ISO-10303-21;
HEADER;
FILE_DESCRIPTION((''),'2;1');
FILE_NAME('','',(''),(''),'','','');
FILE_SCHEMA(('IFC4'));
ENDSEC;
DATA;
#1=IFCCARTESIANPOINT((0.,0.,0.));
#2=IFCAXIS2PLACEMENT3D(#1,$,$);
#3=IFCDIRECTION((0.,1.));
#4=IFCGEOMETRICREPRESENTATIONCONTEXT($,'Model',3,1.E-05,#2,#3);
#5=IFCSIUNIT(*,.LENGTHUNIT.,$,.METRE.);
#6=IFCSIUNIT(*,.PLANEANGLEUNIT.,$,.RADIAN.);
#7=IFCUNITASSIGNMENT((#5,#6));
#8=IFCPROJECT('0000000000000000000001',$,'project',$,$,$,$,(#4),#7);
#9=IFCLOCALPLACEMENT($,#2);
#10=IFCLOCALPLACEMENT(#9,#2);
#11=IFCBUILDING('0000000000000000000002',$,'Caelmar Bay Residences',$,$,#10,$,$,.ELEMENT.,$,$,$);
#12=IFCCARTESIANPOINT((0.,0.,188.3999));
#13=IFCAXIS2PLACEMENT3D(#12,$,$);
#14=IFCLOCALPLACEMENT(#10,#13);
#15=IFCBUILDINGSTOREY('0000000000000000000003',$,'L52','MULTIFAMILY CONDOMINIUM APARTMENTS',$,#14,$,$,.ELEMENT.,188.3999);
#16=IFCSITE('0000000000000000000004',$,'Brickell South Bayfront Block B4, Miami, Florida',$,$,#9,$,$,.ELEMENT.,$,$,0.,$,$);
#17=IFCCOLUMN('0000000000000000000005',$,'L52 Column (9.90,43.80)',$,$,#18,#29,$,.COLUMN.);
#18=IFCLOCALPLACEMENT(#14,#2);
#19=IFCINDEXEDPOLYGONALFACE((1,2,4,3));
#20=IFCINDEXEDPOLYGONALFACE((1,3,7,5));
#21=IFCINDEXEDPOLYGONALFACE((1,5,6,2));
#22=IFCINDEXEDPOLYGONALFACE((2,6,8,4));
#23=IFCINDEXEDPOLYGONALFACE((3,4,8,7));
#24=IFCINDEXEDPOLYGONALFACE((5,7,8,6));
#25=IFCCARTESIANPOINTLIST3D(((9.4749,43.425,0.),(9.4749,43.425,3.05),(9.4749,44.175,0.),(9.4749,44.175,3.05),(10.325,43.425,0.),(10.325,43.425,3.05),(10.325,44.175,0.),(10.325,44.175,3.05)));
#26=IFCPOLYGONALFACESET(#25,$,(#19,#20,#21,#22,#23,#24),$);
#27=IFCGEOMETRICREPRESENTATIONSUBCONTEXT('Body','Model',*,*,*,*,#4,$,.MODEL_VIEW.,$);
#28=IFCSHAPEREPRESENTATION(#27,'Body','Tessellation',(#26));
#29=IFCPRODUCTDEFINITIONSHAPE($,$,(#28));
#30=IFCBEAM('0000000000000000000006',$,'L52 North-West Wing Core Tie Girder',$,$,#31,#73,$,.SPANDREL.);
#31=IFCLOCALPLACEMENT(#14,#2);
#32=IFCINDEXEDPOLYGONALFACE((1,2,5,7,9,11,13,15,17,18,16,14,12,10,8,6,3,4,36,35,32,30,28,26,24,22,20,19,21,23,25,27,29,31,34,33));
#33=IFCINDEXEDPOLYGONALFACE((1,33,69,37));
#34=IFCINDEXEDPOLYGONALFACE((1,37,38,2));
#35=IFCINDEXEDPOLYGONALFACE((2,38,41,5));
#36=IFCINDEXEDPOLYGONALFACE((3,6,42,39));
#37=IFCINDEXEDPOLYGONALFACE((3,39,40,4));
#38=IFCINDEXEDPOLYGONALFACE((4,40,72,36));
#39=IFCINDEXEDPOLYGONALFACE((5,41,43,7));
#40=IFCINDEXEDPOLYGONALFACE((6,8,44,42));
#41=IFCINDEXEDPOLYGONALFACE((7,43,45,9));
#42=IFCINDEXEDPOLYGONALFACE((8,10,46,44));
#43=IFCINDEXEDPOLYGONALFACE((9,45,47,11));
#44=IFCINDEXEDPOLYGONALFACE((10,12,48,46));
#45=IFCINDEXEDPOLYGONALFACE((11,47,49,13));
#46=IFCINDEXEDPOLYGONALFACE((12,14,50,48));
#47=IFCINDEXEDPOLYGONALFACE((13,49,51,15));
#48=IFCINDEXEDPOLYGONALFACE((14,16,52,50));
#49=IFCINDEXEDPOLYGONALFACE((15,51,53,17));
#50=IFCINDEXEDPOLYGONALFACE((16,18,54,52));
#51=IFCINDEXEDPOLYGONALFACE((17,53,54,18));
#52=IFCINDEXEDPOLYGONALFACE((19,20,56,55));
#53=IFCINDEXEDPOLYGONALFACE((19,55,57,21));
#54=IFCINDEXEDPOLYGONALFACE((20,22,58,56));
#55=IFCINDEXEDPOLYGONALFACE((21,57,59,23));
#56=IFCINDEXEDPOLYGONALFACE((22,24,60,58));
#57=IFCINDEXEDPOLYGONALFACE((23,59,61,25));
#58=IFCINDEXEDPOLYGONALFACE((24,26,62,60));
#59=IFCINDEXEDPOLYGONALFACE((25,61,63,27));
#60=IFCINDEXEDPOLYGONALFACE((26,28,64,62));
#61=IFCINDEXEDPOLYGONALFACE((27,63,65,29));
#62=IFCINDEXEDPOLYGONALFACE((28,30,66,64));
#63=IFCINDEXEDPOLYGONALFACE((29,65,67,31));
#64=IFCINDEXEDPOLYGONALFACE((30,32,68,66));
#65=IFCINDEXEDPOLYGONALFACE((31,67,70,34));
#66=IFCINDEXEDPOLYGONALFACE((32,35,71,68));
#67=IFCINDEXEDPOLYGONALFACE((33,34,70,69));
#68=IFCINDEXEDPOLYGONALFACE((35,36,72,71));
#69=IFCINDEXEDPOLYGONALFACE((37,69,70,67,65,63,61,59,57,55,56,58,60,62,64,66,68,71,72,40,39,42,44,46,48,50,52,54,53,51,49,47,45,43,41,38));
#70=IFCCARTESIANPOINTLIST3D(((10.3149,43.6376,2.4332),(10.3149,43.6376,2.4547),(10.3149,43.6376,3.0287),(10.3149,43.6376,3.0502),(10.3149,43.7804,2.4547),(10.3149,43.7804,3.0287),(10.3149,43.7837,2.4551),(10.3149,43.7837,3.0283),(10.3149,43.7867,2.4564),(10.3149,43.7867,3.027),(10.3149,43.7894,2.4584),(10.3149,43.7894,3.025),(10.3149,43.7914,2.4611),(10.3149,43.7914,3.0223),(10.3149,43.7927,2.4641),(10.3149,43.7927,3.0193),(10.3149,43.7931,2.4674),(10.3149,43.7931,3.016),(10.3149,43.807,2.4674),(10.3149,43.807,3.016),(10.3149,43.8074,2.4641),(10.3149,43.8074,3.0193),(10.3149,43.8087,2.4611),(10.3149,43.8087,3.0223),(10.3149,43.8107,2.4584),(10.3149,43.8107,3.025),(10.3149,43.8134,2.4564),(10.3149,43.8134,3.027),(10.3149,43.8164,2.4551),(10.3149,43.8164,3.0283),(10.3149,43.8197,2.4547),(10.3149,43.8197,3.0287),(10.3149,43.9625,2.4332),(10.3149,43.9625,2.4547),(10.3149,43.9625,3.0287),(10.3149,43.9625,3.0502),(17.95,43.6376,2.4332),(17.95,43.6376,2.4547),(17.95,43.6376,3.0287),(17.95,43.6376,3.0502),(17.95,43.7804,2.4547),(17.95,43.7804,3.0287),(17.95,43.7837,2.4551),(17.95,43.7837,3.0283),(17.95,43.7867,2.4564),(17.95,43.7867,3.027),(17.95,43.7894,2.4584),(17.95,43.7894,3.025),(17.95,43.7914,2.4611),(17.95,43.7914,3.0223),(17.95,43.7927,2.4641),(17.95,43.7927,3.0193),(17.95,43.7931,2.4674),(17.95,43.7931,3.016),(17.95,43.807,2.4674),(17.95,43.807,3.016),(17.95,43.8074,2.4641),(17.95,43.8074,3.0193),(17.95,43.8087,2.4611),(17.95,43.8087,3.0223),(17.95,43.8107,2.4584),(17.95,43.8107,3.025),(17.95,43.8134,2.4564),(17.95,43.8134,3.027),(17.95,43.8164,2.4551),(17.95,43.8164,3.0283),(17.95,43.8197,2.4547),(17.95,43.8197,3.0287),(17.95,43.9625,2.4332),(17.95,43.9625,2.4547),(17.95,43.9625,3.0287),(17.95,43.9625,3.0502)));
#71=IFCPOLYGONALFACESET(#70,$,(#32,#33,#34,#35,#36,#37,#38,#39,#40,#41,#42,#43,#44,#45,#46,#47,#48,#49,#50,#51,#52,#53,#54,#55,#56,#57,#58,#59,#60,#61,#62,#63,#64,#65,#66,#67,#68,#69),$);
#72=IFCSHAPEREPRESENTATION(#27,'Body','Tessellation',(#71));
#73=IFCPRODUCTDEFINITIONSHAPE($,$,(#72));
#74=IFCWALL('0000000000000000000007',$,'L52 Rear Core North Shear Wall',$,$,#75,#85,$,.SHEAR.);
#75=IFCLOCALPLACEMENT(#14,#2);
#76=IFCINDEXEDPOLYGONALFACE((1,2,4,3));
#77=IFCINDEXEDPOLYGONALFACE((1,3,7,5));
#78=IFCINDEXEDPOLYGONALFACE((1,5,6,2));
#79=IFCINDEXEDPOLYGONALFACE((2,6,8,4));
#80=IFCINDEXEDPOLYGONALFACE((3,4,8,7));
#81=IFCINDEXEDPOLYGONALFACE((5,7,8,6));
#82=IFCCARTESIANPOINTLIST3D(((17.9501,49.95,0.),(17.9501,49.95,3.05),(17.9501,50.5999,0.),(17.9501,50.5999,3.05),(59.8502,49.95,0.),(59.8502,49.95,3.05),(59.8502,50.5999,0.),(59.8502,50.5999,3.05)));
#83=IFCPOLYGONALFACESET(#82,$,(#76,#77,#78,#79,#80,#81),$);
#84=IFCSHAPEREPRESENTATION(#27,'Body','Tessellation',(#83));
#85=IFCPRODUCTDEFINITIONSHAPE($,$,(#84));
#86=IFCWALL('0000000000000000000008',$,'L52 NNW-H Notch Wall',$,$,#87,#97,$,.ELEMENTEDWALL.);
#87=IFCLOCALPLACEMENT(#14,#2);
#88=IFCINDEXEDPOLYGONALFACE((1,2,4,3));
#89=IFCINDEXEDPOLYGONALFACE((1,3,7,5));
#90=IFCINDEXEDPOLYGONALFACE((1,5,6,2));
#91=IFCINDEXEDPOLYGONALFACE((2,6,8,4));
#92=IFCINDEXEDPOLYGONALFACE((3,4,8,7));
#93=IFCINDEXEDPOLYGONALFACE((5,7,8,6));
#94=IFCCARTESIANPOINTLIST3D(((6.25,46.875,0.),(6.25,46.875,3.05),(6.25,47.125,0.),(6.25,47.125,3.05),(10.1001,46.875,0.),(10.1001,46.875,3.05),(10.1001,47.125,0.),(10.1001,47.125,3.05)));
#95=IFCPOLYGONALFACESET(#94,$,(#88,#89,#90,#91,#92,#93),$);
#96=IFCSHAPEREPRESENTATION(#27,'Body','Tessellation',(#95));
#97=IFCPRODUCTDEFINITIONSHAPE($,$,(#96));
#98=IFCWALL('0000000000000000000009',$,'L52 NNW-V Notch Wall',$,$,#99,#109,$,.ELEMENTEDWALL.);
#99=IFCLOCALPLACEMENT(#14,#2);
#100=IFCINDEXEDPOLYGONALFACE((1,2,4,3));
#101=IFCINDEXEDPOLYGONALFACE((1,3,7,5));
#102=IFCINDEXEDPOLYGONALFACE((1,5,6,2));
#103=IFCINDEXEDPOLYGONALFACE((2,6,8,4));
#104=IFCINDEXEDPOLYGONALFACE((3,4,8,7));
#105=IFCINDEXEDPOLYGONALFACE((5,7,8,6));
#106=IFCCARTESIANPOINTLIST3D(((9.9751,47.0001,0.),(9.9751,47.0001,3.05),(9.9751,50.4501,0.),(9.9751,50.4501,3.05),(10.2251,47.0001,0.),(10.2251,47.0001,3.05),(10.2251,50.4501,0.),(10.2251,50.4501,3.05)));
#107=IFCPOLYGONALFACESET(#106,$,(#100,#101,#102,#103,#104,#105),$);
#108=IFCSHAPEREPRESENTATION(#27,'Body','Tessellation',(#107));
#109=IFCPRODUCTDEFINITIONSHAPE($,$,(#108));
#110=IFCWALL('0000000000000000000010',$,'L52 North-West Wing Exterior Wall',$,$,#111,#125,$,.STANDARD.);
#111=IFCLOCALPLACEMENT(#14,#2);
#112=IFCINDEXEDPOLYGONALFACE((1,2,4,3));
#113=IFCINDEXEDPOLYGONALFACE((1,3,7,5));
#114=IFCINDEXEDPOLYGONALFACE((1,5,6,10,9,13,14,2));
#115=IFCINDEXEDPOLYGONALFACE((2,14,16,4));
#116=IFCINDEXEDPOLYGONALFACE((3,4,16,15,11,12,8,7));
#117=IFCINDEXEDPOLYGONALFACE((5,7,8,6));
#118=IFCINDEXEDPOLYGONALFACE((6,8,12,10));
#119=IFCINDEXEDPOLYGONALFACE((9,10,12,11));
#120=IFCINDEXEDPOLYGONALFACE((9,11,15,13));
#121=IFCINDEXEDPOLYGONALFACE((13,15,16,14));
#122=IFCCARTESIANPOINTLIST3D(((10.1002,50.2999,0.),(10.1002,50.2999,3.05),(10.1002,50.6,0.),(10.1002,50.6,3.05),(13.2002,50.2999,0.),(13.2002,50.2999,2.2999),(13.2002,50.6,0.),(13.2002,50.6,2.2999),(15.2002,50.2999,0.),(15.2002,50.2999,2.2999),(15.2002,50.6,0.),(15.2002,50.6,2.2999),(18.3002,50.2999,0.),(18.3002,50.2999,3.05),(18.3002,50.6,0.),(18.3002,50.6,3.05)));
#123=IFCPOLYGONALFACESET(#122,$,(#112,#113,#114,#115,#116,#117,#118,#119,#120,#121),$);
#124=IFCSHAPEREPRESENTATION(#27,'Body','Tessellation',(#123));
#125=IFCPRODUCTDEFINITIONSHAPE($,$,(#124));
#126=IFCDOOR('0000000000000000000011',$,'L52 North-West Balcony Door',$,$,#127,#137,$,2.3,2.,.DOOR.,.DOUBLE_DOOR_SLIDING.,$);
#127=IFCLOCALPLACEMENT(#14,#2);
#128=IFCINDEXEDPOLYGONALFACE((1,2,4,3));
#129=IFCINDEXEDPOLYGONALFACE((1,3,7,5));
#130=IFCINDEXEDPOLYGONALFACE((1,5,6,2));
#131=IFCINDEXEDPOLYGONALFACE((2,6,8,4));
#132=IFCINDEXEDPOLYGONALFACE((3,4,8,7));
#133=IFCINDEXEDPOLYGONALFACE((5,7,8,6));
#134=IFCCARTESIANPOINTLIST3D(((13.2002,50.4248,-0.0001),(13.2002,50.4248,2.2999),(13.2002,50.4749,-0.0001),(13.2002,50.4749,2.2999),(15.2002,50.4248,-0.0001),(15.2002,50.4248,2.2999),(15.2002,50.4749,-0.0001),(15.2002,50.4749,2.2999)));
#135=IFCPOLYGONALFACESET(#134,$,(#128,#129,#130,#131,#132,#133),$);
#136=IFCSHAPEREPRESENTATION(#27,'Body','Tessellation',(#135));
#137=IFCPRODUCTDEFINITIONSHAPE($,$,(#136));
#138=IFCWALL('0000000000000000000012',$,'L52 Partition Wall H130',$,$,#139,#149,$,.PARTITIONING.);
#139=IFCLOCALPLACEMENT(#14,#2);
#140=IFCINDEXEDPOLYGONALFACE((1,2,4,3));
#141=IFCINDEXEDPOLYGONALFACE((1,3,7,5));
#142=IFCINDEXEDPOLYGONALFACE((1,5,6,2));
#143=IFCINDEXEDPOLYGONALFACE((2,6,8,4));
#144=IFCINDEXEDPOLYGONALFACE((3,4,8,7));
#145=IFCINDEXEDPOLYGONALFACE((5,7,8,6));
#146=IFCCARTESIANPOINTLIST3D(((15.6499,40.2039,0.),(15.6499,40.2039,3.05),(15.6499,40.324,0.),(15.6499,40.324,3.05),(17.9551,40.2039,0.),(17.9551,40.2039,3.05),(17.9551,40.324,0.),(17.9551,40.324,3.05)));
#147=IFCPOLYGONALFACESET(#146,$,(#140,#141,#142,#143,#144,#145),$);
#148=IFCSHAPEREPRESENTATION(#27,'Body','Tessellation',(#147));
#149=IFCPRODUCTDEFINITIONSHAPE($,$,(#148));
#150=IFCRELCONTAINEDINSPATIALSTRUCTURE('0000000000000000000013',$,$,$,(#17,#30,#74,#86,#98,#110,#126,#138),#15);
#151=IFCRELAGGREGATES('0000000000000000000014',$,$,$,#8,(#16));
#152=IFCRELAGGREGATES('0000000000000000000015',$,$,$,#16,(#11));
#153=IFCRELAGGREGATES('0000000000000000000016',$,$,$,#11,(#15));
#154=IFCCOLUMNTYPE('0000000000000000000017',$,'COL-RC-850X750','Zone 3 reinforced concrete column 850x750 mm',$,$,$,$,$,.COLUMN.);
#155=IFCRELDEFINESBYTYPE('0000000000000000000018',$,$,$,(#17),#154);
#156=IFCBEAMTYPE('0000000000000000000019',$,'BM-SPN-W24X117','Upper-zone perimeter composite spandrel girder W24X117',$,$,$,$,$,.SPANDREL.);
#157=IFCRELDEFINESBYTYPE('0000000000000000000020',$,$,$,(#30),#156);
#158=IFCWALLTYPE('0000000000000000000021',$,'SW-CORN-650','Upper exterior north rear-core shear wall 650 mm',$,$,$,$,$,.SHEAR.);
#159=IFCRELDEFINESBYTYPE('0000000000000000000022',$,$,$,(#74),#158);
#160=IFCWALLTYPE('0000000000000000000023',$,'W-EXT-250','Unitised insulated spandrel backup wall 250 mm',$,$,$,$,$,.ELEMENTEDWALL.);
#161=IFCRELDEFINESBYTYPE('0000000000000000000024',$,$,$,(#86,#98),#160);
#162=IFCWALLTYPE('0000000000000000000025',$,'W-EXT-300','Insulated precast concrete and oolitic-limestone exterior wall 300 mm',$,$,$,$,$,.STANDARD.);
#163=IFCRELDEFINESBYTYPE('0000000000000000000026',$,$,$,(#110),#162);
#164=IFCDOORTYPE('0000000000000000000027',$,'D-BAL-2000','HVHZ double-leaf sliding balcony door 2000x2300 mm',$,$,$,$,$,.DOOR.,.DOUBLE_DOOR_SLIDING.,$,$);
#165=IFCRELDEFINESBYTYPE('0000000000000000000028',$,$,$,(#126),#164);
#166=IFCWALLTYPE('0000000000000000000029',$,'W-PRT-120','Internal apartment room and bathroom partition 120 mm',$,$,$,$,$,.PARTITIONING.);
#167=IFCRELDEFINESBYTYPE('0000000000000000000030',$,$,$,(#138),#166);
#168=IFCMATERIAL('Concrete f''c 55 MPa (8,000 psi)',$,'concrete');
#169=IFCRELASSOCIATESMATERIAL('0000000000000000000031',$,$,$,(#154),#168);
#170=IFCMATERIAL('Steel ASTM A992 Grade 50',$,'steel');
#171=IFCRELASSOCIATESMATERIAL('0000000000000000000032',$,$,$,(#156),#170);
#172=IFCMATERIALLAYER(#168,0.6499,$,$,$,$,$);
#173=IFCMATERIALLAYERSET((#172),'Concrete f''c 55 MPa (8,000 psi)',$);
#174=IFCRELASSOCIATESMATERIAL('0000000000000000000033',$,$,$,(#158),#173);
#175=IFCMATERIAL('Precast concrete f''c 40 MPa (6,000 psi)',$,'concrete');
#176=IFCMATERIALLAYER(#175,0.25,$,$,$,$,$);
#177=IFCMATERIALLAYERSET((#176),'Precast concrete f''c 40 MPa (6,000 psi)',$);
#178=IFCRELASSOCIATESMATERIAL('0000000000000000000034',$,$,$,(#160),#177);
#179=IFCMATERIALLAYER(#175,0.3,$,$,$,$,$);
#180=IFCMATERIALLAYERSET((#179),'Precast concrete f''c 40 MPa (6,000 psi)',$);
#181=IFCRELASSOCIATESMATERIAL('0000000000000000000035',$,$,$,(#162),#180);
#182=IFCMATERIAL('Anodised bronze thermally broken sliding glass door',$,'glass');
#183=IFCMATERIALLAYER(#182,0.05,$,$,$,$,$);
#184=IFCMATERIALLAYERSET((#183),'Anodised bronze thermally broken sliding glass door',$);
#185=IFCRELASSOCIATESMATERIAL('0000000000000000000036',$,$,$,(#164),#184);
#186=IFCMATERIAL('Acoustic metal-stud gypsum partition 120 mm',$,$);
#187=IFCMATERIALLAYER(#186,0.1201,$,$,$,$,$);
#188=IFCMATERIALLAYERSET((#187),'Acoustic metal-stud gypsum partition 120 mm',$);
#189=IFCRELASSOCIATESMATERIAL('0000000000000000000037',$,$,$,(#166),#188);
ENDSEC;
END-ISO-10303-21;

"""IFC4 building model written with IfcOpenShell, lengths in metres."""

from ifc_helpers import new_model, si_unit, direction, frame, frame_2d, origin, origin_2d, place, context, subcontext, project, spatial, rectangle, i_section, extrude, material, layer, layer_set, material_profile, profile_set, type_object, element, fill, save


model = new_model("IFC4")

# Units and contexts
model_context = context("Model", 3, precision=1e-05, world=origin(), true_north=direction((0.0, 1.0)))
body_context = subcontext(model_context, "Body", "Model", "MODEL_VIEW")
ifc_project = project(units=[si_unit("LENGTHUNIT", "METRE"), si_unit("PLANEANGLEUNIT", "RADIAN")], contexts=[model_context])

# Site, building, storey
site_placement = place(None, origin())
site = spatial("IfcSite", under=ifc_project, at=site_placement, Name="Brickell South Bayfront Block B4, Miami, Florida", CompositionType="ELEMENT", RefElevation=0.0)
building_placement = place(site_placement, origin())
building = spatial("IfcBuilding", under=site, at=building_placement, Name="Caelmar Bay Residences", CompositionType="ELEMENT")
storey_placement = place(building_placement, frame((0.0, 0.0, 188.3999)))
storey = spatial("IfcBuildingStorey", under=building, at=storey_placement, Name="L52", Description="MULTIFAMILY CONDOMINIUM APARTMENTS", CompositionType="ELEMENT", Elevation=188.3999)

# Column
ifc_material_1 = material(Name="Concrete f'c 55 MPa (8,000 psi)", Category="concrete")
ifc_material_profile_1 = material_profile(ifc_material_1, rectangle(XDim=0.8501, YDim=0.75, at=origin_2d()), Name="RC-COL-850X750")
ifc_profile_set_1 = profile_set([ifc_material_profile_1], Name="Concrete f'c 55 MPa (8,000 psi)")
column_type = type_object("IfcColumnType", Name="COL-RC-850X750", Description="Zone 3 reinforced concrete column 850x750 mm", PredefinedType="COLUMN", material=ifc_profile_set_1)
column_placement = place(storey_placement, frame((9.8999, 43.8, 0.0), z_axis=(0.0, 0.0, 1.0), x_axis=(1.0, 0.0, 0.0)))
element("IfcColumn", 1, at=column_placement, inside=storey, type_object=column_type, Name="L52 Column (9.90,43.80)", PredefinedType="COLUMN", context=body_context, shape_type="SweptSolid", body=[
    extrude(rectangle(XDim=0.8501, YDim=0.75, at=origin_2d()), origin(), (0.0, 0.0, 1.0), 3.05),
])

# Beam
ifc_material_2 = material(Name="Steel ASTM A992 Grade 50", Category="steel")
ifc_material_profile_2 = material_profile(ifc_material_2, i_section(OverallWidth=0.325, OverallDepth=0.6169, WebThickness=0.0139, FlangeThickness=0.0215, FilletRadius=0.0127, at=origin_2d()), Name="W24X117")
ifc_profile_set_2 = profile_set([ifc_material_profile_2], Name="Steel ASTM A992 Grade 50")
beam_type = type_object("IfcBeamType", Name="BM-SPN-W24X117", Description="Upper-zone perimeter composite spandrel girder W24X117", PredefinedType="SPANDREL", material=ifc_profile_set_2)
beam_placement = place(storey_placement, frame((10.3149, 43.8, 2.7417), z_axis=(1.0, 0.0, 0.0), x_axis=(0.0, 1.0, 0.0)))
element("IfcBeam", 2, at=beam_placement, inside=storey, type_object=beam_type, Name="L52 North-West Wing Core Tie Girder", PredefinedType="SPANDREL", context=body_context, shape_type="SweptSolid", body=[
    extrude(i_section(OverallWidth=0.325, OverallDepth=0.6169, WebThickness=0.0139, FlangeThickness=0.0215, FilletRadius=0.0127, at=origin_2d()), origin(), (0.0, 0.0, 1.0), 7.635),
])

# Walls
ifc_layer_1 = layer(ifc_material_1, 0.6499)
ifc_layer_set_1 = layer_set([ifc_layer_1], Name="Concrete f'c 55 MPa (8,000 psi)")
wall_type_1 = type_object("IfcWallType", Name="SW-CORN-650", Description="Upper exterior north rear-core shear wall 650 mm", PredefinedType="SHEAR", material=ifc_layer_set_1)
wall_1_placement = place(storey_placement, frame((17.95, 50.2749, 0.0), z_axis=(0.0, 0.0, 1.0), x_axis=(1.0, 0.0, 0.0)))
element("IfcWall", 3, at=wall_1_placement, inside=storey, type_object=wall_type_1, Name="L52 Rear Core North Shear Wall", PredefinedType="SHEAR", context=body_context, shape_type="SweptSolid", body=[
    extrude(rectangle(XDim=41.9001, YDim=0.6499, at=frame_2d((20.9502, 0.0))), origin(), (0.0, 0.0, 1.0), 3.05),
])
ifc_material_3 = material(Name="Precast concrete f'c 40 MPa (6,000 psi)", Category="concrete")
ifc_layer_2 = layer(ifc_material_3, 0.25)
ifc_layer_set_2 = layer_set([ifc_layer_2], Name="Precast concrete f'c 40 MPa (6,000 psi)")
wall_type_2 = type_object("IfcWallType", Name="W-EXT-250", Description="Unitised insulated spandrel backup wall 250 mm", PredefinedType="ELEMENTEDWALL", material=ifc_layer_set_2)
wall_2_placement = place(storey_placement, frame((6.25, 47.0, 0.0), z_axis=(0.0, 0.0, 1.0), x_axis=(1.0, 0.0, 0.0)))
element("IfcWall", 4, at=wall_2_placement, inside=storey, type_object=wall_type_2, Name="L52 NNW-H Notch Wall", PredefinedType="ELEMENTEDWALL", context=body_context, shape_type="SweptSolid", body=[
    extrude(rectangle(XDim=3.8501, YDim=0.25, at=frame_2d((1.925, 0.0))), origin(), (0.0, 0.0, 1.0), 3.05),
])
wall_3_placement = place(storey_placement, frame((10.1001, 47.0, 0.0), z_axis=(0.0, 0.0, 1.0), x_axis=(0.0, 1.0, 0.0)))
element("IfcWall", 5, at=wall_3_placement, inside=storey, type_object=wall_type_2, Name="L52 NNW-V Notch Wall", PredefinedType="ELEMENTEDWALL", context=body_context, shape_type="SweptSolid", body=[
    extrude(rectangle(XDim=3.45, YDim=0.25, at=frame_2d((1.7251, 0.0))), origin(), (0.0, 0.0, 1.0), 3.05),
])

# Wall, opening, door
ifc_layer_3 = layer(ifc_material_3, 0.3)
ifc_layer_set_3 = layer_set([ifc_layer_3], Name="Precast concrete f'c 40 MPa (6,000 psi)")
wall_type_3 = type_object("IfcWallType", Name="W-EXT-300", Description="Insulated precast concrete and oolitic-limestone exterior wall 300 mm", PredefinedType="STANDARD", material=ifc_layer_set_3)
wall_4_placement = place(storey_placement, frame((10.1001, 50.45, 0.0), z_axis=(0.0, 0.0, 1.0), x_axis=(1.0, 0.0, 0.0)))
wall_4 = element("IfcWall", 6, at=wall_4_placement, inside=storey, type_object=wall_type_3, Name="L52 North-West Wing Exterior Wall", PredefinedType="STANDARD", context=body_context, shape_type="SweptSolid", body=[
    extrude(rectangle(XDim=8.2, YDim=0.3, at=frame_2d((4.1001, 0.0))), origin(), (0.0, 0.0, 1.0), 3.05),
])
opening_1_placement = place(wall_4_placement, frame((3.1001, 0.0, 0.0)))
opening_1 = element("IfcOpeningElement", 7, at=opening_1_placement, cuts=wall_4, PredefinedType="OPENING", context=body_context, shape_type="SweptSolid", body=[
    extrude(rectangle(XDim=2.0, YDim=2.3, at=frame_2d((1.0, 1.1499))), frame((0.0, 0.1599, 0.0), z_axis=(0.0, -1.0, 0.0), x_axis=(1.0, 0.0, 0.0)), (0.0, 0.0, 1.0), 0.3201),
])
ifc_material_4 = material(Name="Anodised bronze thermally broken sliding glass door", Category="glass")
ifc_layer_4 = layer(ifc_material_4, 0.05)
ifc_layer_set_4 = layer_set([ifc_layer_4], Name="Anodised bronze thermally broken sliding glass door")
door_type_1 = type_object("IfcDoorType", Name="D-BAL-2000", Description="HVHZ double-leaf sliding balcony door 2000x2300 mm", OperationType="DOUBLE_DOOR_SLIDING", PredefinedType="DOOR", material=ifc_layer_set_4)
door_1_placement = place(opening_1_placement, origin())
door_1 = element("IfcDoor", 8, at=door_1_placement, inside=storey, type_object=door_type_1, Name="L52 North-West Balcony Door", OperationType="DOUBLE_DOOR_SLIDING", OverallHeight=2.3, OverallWidth=2.0, PredefinedType="DOOR", context=body_context, shape_type="SweptSolid", body=[
    extrude(rectangle(XDim=2.0, YDim=2.3, at=frame_2d((1.0, 1.1499))), frame((0.0, 0.0249, 0.0), z_axis=(0.0, -1.0, 0.0), x_axis=(1.0, 0.0, 0.0)), (0.0, 0.0, 1.0), 0.05),
])
fill(opening_1, door_1)
ifc_material_5 = material(Name="Acoustic metal-stud gypsum partition 120 mm")
ifc_layer_5 = layer(ifc_material_5, 0.1201)
ifc_layer_set_5 = layer_set([ifc_layer_5], Name="Acoustic metal-stud gypsum partition 120 mm")
wall_type_4 = type_object("IfcWallType", Name="W-PRT-120", Description="Internal apartment room and bathroom partition 120 mm", PredefinedType="PARTITIONING", material=ifc_layer_set_5)

# Wall
wall_5_placement = place(storey_placement, frame((15.6499, 40.2639, 0.0), z_axis=(0.0, 0.0, 1.0), x_axis=(1.0, 0.0, 0.0)))
element("IfcWall", 9, at=wall_5_placement, inside=storey, type_object=wall_type_4, Name="L52 Partition Wall H130", PredefinedType="PARTITIONING", context=body_context, shape_type="SweptSolid", body=[
    extrude(rectangle(XDim=2.3052, YDim=0.1201, at=frame_2d((1.1526, 0.0))), origin(), (0.0, 0.0, 1.0), 3.05),
])

save(model, "model.ifc")
